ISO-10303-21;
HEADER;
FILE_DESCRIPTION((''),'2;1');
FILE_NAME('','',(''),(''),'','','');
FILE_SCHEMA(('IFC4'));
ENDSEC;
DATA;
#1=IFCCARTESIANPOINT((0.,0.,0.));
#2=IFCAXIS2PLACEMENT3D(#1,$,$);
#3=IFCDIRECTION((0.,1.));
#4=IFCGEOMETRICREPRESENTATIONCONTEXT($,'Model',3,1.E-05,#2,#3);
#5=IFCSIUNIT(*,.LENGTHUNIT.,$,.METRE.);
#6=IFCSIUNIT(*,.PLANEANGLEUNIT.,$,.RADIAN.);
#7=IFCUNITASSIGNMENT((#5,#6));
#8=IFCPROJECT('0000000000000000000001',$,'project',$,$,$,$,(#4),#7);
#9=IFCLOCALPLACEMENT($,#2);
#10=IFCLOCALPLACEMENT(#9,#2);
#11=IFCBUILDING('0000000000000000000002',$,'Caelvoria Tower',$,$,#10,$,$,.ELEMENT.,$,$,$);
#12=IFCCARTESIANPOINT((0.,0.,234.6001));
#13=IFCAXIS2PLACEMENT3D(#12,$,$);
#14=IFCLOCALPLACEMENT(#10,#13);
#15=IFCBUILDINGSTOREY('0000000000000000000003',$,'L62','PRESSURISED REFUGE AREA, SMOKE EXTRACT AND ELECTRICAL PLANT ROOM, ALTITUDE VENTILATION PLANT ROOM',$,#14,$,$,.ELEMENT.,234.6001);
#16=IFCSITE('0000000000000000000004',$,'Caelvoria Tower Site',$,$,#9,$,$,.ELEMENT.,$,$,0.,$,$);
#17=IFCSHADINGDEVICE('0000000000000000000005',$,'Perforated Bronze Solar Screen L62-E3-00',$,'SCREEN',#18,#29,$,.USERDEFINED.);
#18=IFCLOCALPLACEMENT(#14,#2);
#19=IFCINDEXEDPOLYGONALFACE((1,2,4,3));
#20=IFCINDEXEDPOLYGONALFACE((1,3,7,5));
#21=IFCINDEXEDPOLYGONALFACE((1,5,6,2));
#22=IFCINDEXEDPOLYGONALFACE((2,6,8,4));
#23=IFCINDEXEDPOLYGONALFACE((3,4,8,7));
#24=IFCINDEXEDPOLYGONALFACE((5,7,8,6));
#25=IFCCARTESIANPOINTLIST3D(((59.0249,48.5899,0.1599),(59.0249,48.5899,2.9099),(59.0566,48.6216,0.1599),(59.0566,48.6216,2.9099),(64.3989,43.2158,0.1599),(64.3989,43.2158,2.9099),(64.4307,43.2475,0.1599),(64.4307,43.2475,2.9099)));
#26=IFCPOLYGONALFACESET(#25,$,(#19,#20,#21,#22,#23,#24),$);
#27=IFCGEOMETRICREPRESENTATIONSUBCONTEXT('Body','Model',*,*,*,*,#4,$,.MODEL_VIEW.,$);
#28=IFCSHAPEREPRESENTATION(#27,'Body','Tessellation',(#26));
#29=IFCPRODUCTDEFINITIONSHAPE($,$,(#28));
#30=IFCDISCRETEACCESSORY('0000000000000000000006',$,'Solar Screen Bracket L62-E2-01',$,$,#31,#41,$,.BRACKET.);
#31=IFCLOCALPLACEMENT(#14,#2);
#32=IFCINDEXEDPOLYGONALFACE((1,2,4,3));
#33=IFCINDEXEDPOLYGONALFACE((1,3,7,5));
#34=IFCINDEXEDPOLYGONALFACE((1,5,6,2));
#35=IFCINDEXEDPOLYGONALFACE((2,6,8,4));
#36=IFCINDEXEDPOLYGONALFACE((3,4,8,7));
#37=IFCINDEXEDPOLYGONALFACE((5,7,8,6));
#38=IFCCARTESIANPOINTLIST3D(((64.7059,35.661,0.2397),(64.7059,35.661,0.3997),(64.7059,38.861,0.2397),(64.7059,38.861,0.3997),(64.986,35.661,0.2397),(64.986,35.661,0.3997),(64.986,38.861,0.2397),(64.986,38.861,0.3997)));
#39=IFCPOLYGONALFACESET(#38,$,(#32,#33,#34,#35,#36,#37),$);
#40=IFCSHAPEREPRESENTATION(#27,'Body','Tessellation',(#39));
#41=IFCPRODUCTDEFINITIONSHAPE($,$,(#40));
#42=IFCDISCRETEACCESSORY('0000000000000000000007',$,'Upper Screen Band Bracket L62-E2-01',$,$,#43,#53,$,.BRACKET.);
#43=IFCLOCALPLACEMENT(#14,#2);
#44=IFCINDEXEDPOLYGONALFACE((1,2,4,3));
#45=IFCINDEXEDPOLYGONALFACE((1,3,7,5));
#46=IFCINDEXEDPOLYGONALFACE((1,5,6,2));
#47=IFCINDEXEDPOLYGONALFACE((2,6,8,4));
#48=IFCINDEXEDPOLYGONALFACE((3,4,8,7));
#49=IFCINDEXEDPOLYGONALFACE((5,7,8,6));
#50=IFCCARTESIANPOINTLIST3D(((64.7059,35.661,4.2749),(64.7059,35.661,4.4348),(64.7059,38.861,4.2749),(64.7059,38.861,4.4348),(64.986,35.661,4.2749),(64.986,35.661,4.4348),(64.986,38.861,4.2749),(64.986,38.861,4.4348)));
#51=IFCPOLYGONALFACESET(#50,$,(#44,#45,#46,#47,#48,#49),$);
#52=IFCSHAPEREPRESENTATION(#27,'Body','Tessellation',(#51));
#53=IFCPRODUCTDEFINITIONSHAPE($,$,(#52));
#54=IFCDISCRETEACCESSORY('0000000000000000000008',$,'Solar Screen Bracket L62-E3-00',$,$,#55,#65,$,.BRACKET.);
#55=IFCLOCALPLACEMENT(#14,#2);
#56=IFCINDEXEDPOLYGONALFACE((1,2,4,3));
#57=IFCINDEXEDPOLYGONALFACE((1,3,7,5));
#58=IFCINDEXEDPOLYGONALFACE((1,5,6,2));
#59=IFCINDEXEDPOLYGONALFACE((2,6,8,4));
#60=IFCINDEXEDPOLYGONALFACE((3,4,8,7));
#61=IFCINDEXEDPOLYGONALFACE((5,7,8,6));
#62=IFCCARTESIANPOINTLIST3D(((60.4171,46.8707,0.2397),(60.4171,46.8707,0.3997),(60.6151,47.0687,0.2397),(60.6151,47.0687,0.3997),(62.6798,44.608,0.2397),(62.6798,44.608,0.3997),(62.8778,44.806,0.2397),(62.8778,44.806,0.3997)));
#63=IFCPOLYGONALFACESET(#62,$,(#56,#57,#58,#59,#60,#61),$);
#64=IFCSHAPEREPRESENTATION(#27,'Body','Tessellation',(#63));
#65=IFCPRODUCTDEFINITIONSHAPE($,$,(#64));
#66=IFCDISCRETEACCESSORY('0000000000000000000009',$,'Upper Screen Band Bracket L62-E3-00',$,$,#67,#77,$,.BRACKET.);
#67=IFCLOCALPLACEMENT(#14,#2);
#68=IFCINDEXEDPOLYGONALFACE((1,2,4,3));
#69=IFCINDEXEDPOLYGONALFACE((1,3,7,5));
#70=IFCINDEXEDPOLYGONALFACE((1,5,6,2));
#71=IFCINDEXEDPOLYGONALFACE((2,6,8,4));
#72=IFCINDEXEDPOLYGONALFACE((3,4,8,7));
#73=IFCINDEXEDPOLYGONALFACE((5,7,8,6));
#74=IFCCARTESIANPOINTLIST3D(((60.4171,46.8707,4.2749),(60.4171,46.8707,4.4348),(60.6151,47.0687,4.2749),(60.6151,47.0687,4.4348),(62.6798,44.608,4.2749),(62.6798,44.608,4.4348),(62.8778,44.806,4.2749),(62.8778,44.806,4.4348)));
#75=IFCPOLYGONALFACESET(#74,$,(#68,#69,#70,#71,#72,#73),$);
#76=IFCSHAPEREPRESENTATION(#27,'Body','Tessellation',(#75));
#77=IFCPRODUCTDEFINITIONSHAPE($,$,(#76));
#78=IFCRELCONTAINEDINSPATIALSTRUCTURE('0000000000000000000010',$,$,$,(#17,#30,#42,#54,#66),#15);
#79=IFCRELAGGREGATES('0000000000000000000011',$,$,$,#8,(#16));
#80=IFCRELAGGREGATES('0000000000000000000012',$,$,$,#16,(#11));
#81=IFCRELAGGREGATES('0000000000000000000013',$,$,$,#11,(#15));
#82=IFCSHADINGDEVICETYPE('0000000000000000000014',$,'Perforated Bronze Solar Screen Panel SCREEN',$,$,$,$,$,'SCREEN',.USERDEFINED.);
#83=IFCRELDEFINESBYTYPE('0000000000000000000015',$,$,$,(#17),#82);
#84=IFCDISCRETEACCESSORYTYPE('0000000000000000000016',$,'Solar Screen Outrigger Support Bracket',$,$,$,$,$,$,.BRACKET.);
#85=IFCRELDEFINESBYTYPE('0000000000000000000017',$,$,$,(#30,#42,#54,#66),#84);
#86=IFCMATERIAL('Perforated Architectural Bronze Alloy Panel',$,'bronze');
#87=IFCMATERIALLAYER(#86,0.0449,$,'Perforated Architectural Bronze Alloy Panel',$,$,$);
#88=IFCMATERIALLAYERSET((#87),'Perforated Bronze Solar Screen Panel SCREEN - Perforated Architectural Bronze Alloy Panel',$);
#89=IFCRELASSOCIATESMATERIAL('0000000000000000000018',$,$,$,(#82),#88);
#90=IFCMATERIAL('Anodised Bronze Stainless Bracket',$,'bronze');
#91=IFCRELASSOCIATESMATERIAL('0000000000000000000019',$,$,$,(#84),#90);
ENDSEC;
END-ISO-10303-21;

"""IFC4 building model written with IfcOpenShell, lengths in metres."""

from ifc_helpers import new_model, si_unit, direction, frame, origin, origin_2d, place, context, subcontext, project, spatial, rectangle, extrude, material, layer, layer_set, type_object, element, save


model = new_model("IFC4")

# Units and contexts
model_context = context("Model", 3, precision=1e-05, world=origin(), true_north=direction((0.0, 1.0)))
body_context = subcontext(model_context, "Body", "Model", "MODEL_VIEW")
ifc_project = project(units=[si_unit("LENGTHUNIT", "METRE"), si_unit("PLANEANGLEUNIT", "RADIAN")], contexts=[model_context])

# Site, building, storey
site_placement = place(None, origin())
site = spatial("IfcSite", under=ifc_project, at=site_placement, Name="Caelvoria Tower Site", CompositionType="ELEMENT", RefElevation=0.0)
building_placement = place(site_placement, origin())
building = spatial("IfcBuilding", under=site, at=building_placement, Name="Caelvoria Tower", CompositionType="ELEMENT")
storey_placement = place(building_placement, frame((0.0, 0.0, 234.6001)))
storey = spatial("IfcBuildingStorey", under=building, at=storey_placement, Name="L62", Description="PRESSURISED REFUGE AREA, SMOKE EXTRACT AND ELECTRICAL PLANT ROOM, ALTITUDE VENTILATION PLANT ROOM", CompositionType="ELEMENT", Elevation=234.6001)

# Shading device
ifc_material_1 = material(Name="Perforated Architectural Bronze Alloy Panel", Category="bronze")
ifc_layer_1 = layer(ifc_material_1, 0.0449, Name="Perforated Architectural Bronze Alloy Panel")
ifc_layer_set_1 = layer_set([ifc_layer_1], Name="Perforated Bronze Solar Screen Panel SCREEN - Perforated Architectural Bronze Alloy Panel")
shading_device_type = type_object("IfcShadingDeviceType", Name="Perforated Bronze Solar Screen Panel SCREEN", ElementType="SCREEN", PredefinedType="USERDEFINED", material=ifc_layer_set_1)
for number, where, z_axis, x_axis, name in (
    (1, (61.7278, 45.9187, 0.1599), (0.0, 0.0, 1.0), (-0.707107, 0.707107, 0.0), "Perforated Bronze Solar Screen L62-E3-00"),
):
    element("IfcShadingDevice", number, at=place(storey_placement, frame(where, z_axis=z_axis, x_axis=x_axis)), inside=storey, type_object=shading_device_type, Name=name, ObjectType="SCREEN", PredefinedType="USERDEFINED", context=body_context, shape_type="SweptSolid", body=[
        extrude(rectangle(XDim=7.6001, YDim=0.0449, at=origin_2d()), origin(), (0.0, 0.0, 1.0), 2.75),
    ])

# Discrete accessories
ifc_material_2 = material(Name="Anodised Bronze Stainless Bracket", Category="bronze")
discrete_accessory_type = type_object("IfcDiscreteAccessoryType", Name="Solar Screen Outrigger Support Bracket", PredefinedType="BRACKET", material=ifc_material_2)
for number, where, z_axis, x_axis, name in (
    (2, (64.8459, 37.261, 0.2397), (0.0, 0.0, 1.0), (0.0, 1.0, 0.0), "Solar Screen Bracket L62-E2-01"),
    (3, (64.8459, 37.261, 4.2749), (0.0, 0.0, 1.0), (0.0, 1.0, 0.0), "Upper Screen Band Bracket L62-E2-01"),
    (4, (61.6475, 45.8384, 0.2397), (0.0, 0.0, 1.0), (-0.707107, 0.707107, 0.0), "Solar Screen Bracket L62-E3-00"),
    (5, (61.6475, 45.8384, 4.2749), (0.0, 0.0, 1.0), (-0.707107, 0.707107, 0.0), "Upper Screen Band Bracket L62-E3-00"),
):
    element("IfcDiscreteAccessory", number, at=place(storey_placement, frame(where, z_axis=z_axis, x_axis=x_axis)), inside=storey, type_object=discrete_accessory_type, Name=name, PredefinedType="BRACKET", context=body_context, shape_type="SweptSolid", body=[
        extrude(rectangle(XDim=3.2, YDim=0.28, at=origin_2d()), origin(), (0.0, 0.0, 1.0), 0.1599),
    ])

save(model, "model.ifc")
